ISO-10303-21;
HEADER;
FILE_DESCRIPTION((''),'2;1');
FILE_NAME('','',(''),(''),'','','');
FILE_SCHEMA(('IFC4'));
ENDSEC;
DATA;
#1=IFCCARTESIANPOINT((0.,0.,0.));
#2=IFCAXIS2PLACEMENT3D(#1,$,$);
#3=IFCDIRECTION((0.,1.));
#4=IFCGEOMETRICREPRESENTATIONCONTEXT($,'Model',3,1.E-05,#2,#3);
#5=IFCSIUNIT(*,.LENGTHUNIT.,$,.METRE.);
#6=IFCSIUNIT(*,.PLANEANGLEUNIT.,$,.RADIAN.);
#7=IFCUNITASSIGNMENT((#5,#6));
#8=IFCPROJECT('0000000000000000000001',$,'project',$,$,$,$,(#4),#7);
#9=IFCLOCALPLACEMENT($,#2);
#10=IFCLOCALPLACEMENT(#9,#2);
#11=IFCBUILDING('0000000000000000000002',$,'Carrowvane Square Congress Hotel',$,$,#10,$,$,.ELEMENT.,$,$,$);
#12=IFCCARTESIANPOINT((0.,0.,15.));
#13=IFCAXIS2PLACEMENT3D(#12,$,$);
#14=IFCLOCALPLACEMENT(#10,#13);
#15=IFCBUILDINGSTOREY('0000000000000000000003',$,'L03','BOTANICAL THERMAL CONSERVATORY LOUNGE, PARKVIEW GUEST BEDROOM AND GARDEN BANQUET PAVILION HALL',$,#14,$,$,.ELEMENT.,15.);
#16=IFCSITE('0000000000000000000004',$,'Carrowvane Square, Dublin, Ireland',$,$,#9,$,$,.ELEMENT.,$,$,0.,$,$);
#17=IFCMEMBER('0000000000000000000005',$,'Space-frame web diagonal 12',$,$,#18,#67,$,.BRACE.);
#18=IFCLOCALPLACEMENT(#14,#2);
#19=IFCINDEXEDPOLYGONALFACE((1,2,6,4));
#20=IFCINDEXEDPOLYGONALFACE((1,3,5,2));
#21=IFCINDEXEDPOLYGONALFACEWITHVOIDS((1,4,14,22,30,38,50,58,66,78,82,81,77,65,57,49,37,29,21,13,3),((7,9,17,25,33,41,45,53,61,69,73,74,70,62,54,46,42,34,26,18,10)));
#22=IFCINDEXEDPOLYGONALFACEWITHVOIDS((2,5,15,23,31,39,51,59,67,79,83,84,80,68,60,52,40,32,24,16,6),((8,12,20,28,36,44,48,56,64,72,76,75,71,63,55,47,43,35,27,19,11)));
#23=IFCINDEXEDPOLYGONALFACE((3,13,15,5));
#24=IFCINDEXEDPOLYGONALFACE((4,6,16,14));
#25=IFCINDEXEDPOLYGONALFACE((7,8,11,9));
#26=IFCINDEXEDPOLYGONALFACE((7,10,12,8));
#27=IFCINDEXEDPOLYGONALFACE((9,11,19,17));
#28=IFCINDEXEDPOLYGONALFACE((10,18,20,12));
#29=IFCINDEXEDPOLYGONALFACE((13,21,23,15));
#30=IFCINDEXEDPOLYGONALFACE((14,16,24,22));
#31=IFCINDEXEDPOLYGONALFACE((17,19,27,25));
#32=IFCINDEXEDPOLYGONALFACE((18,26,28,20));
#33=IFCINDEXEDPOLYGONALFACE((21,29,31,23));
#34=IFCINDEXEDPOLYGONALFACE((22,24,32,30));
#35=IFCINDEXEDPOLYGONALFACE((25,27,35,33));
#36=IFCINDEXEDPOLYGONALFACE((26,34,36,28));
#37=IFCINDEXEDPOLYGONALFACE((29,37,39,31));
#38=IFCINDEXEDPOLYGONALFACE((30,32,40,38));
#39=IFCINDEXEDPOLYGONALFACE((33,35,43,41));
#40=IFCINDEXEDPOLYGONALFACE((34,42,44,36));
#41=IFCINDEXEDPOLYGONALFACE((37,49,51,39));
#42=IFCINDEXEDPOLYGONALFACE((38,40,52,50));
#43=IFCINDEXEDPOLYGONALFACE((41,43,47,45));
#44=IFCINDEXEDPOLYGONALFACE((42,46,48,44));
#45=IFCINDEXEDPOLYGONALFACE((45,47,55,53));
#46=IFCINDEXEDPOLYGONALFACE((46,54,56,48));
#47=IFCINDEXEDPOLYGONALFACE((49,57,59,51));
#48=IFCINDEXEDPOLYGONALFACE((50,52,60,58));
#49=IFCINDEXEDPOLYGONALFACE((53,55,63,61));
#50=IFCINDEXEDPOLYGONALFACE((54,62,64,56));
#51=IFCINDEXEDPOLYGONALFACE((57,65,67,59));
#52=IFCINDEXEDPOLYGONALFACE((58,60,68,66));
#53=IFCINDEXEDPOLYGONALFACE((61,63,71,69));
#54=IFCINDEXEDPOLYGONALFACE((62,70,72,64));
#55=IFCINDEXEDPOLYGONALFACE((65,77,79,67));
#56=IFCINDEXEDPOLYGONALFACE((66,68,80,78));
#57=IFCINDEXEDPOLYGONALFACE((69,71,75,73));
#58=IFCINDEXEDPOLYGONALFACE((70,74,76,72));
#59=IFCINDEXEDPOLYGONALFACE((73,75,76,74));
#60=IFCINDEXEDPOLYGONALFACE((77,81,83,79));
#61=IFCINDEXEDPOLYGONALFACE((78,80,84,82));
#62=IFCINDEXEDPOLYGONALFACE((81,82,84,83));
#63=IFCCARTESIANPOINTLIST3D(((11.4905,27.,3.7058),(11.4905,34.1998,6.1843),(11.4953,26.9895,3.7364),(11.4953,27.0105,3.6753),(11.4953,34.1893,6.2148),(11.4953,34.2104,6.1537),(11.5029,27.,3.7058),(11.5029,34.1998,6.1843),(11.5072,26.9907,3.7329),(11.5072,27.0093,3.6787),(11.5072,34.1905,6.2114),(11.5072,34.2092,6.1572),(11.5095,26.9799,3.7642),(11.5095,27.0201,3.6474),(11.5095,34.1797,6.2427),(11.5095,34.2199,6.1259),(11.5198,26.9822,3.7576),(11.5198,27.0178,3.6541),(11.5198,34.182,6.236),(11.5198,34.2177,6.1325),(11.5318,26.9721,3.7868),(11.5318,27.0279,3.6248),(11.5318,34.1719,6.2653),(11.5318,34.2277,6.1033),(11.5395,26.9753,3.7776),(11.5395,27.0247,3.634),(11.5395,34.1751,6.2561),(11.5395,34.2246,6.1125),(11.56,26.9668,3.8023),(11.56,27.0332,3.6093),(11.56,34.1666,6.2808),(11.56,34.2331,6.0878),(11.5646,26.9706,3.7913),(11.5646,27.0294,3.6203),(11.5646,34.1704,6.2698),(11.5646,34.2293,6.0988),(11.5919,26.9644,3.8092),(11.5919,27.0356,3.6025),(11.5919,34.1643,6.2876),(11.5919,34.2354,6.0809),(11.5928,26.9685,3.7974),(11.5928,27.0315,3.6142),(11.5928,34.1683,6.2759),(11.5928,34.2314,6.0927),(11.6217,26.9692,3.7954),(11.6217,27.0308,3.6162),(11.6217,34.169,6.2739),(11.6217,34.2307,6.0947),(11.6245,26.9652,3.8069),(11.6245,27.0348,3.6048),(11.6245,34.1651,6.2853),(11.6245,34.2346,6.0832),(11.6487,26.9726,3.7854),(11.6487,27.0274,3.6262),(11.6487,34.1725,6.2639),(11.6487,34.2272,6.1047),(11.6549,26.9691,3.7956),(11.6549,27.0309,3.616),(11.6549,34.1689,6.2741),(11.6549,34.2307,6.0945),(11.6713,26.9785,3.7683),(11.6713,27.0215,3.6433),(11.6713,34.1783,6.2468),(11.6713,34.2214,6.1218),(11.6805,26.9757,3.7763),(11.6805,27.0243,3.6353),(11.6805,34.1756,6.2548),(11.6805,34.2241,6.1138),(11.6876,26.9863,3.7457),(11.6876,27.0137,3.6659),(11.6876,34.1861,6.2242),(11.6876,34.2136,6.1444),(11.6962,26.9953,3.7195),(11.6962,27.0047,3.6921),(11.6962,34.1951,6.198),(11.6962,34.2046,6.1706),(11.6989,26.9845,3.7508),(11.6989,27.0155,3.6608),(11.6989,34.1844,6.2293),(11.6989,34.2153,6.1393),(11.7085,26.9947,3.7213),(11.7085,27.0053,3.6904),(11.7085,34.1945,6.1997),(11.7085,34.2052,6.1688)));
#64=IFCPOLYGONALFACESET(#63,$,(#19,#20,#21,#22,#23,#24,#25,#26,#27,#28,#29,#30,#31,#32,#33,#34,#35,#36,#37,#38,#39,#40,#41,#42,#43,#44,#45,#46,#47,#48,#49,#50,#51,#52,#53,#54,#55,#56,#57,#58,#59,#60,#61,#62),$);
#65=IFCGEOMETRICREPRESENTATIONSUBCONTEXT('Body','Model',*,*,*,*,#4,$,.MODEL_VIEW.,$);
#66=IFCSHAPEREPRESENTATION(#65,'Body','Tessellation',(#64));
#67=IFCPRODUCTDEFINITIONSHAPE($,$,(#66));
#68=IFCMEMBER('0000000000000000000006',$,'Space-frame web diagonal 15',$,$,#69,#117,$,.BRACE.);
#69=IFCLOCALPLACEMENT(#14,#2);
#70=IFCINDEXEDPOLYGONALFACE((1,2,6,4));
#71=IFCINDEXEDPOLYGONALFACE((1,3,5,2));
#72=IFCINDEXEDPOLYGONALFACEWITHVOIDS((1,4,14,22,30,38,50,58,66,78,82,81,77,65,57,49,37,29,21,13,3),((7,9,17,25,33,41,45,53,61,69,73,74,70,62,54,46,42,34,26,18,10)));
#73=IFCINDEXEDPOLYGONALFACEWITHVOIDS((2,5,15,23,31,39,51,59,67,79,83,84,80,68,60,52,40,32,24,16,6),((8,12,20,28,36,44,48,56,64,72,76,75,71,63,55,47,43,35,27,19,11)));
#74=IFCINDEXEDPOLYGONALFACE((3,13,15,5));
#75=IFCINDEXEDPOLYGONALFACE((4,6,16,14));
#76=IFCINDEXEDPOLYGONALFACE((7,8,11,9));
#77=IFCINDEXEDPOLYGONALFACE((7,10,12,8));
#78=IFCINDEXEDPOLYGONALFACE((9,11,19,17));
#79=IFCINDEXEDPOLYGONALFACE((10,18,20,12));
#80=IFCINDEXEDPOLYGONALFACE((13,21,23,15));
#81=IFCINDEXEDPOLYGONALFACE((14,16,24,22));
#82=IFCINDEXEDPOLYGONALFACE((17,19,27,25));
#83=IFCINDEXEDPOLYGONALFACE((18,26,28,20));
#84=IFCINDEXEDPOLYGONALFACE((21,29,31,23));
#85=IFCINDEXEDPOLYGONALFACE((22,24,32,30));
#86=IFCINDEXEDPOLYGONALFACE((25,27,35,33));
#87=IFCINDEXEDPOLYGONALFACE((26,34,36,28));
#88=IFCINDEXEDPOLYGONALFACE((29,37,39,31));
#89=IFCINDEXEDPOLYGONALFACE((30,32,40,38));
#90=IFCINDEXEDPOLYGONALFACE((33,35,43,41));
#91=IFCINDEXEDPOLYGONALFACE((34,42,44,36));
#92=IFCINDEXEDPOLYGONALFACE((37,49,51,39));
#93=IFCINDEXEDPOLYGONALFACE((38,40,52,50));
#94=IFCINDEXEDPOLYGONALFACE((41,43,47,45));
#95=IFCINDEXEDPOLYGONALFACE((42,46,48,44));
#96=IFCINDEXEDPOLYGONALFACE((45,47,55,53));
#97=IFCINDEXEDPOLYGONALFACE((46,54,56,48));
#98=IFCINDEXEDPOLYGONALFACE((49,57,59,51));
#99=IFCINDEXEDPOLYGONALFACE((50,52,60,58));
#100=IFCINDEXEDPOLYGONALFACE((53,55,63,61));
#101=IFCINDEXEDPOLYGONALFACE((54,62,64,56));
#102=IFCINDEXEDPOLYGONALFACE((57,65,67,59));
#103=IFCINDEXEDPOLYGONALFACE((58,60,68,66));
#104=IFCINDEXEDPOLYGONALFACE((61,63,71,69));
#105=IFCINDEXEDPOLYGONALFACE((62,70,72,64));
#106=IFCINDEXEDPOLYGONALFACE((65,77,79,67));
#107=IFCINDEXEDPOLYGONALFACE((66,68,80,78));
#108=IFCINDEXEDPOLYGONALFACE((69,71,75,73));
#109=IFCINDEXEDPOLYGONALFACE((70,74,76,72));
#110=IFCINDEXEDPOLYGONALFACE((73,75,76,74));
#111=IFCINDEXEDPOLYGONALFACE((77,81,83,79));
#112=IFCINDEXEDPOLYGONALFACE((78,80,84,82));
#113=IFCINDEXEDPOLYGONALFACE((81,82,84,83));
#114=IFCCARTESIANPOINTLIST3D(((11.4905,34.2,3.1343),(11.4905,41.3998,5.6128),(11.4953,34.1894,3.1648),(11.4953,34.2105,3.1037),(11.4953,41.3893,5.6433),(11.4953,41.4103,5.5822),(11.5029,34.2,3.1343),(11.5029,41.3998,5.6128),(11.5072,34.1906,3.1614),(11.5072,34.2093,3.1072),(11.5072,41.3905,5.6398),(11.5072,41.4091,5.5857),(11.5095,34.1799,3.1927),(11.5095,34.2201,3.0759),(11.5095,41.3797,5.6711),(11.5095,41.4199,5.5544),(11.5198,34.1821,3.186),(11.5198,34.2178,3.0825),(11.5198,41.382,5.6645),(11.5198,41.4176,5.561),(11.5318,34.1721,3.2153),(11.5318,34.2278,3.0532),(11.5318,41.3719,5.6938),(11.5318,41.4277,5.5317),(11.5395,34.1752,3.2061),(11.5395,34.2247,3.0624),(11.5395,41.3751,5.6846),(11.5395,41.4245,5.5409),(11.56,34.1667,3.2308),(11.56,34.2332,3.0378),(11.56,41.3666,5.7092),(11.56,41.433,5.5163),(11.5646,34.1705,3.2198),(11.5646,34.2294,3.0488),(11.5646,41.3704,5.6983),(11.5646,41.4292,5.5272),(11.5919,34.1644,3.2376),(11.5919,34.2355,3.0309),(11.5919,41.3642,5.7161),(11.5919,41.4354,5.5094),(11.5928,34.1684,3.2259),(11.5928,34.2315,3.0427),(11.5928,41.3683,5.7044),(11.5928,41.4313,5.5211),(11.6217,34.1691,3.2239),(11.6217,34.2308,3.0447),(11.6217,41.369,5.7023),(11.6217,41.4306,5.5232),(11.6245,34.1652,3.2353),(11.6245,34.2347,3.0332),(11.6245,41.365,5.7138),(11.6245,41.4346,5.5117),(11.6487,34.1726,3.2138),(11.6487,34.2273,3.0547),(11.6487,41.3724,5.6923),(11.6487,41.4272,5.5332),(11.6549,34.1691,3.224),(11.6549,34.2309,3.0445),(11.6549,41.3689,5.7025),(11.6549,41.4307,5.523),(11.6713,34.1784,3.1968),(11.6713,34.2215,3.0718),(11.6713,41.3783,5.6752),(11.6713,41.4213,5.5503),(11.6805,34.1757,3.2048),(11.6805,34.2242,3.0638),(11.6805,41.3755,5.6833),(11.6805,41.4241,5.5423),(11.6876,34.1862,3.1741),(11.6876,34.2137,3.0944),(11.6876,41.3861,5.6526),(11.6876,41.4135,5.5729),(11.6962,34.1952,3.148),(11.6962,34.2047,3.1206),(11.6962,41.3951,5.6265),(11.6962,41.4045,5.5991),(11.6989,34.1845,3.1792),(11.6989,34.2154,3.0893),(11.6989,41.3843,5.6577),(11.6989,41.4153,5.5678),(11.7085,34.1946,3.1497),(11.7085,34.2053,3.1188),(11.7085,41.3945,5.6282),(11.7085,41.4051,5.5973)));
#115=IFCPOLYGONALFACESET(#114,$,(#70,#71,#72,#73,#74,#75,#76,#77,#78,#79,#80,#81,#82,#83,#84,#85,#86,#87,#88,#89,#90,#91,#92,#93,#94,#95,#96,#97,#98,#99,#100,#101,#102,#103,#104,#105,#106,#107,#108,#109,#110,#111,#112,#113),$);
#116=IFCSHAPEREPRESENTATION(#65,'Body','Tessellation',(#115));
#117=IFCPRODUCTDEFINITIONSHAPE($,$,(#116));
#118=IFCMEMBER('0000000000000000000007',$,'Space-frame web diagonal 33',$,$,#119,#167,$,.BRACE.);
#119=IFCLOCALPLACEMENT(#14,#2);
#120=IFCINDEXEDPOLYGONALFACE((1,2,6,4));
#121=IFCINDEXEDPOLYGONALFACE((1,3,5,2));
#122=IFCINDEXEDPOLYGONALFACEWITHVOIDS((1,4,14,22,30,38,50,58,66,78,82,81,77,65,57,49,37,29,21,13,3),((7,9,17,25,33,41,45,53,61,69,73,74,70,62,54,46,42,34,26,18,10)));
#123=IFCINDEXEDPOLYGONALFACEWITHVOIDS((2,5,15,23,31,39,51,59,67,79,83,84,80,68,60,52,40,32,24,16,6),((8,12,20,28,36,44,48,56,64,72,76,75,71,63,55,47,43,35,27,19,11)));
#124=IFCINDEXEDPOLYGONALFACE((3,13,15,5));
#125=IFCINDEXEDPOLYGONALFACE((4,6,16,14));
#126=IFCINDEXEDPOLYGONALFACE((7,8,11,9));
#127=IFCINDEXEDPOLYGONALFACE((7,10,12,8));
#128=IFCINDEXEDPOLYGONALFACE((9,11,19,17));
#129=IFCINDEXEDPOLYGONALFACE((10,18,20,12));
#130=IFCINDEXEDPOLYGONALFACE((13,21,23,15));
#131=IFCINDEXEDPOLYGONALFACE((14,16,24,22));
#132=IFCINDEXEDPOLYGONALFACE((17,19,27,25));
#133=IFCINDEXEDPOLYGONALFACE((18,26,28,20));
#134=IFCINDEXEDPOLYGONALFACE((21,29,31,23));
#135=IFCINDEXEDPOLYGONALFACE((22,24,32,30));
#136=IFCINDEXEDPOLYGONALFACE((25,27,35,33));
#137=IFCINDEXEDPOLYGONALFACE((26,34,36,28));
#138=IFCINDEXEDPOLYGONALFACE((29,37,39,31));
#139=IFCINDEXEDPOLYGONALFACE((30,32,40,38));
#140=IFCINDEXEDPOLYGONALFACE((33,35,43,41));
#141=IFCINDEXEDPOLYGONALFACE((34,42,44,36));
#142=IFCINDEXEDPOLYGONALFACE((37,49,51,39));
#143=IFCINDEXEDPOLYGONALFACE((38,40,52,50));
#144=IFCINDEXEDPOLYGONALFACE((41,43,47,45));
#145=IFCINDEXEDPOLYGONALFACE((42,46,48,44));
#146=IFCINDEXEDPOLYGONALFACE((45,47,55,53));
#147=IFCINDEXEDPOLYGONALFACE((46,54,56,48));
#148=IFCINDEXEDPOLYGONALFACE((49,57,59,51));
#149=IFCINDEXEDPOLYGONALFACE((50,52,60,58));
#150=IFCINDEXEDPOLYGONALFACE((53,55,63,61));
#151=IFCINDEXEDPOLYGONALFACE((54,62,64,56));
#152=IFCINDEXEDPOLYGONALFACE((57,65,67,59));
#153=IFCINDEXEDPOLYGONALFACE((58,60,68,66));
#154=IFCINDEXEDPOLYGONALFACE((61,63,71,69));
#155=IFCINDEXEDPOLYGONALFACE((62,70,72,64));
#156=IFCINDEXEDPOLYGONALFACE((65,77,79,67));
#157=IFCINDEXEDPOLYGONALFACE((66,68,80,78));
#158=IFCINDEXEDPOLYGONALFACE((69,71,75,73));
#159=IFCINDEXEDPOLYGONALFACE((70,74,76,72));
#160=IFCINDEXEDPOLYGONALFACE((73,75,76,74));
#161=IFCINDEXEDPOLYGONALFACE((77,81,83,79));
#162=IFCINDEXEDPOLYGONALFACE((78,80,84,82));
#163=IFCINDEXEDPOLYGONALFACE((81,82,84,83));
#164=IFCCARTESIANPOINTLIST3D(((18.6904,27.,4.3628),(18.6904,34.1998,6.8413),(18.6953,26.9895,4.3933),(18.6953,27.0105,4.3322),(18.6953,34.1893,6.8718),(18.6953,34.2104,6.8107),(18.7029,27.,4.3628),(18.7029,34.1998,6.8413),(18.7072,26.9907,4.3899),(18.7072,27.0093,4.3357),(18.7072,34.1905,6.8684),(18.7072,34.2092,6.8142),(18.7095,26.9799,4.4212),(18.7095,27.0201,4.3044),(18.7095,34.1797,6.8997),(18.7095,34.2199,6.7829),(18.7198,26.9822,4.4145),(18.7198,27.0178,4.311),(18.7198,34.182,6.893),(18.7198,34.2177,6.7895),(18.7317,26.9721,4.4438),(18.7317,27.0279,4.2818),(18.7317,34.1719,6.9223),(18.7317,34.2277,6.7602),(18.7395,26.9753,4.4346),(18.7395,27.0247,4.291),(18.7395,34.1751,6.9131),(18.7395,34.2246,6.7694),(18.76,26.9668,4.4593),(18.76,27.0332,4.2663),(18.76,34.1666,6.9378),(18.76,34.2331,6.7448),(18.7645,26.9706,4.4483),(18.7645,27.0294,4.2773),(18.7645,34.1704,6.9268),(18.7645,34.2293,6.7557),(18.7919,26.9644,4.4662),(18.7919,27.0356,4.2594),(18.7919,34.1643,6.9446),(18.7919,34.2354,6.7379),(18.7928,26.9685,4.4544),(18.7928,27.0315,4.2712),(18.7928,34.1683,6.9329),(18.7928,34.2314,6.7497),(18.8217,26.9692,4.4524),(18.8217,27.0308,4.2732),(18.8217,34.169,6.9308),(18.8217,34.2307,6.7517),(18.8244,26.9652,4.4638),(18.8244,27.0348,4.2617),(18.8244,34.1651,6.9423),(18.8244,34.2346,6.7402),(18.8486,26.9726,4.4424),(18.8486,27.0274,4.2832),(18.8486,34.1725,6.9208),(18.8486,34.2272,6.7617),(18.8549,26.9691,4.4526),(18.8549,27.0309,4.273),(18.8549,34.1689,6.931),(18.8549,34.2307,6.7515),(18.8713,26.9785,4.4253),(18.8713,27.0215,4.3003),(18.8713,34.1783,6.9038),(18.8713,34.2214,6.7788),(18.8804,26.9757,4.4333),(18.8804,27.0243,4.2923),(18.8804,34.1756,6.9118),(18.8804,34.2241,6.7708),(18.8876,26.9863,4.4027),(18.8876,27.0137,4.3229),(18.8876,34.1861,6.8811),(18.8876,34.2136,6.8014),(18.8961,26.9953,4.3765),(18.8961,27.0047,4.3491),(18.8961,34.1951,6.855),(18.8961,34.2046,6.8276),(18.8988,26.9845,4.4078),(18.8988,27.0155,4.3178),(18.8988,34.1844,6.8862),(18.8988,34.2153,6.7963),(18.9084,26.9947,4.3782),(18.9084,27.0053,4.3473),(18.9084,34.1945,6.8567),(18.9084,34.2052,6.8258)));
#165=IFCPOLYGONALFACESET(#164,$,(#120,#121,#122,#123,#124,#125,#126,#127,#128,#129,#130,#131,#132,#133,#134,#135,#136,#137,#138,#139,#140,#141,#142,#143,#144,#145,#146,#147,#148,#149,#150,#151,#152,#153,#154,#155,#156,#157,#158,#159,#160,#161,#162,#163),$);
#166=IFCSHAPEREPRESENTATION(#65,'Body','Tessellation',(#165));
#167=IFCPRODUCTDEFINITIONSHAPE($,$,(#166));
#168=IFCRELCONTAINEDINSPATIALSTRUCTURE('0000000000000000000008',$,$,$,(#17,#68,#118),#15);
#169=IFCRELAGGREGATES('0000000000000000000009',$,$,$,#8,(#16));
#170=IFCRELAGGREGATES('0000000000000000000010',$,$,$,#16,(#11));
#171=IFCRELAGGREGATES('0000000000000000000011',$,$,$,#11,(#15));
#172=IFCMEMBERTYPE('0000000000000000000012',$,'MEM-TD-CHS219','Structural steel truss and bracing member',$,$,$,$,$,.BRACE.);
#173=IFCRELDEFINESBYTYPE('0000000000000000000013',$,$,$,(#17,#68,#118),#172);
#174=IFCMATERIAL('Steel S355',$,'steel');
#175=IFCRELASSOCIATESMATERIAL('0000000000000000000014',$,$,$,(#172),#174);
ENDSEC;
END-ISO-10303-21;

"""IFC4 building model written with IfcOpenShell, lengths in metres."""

from ifc_helpers import new_model, si_unit, direction, frame, origin, origin_2d, place, context, subcontext, project, spatial, hollow_circle, extrude, material, material_profile, profile_set, type_object, element, save


model = new_model("IFC4")

# Units and contexts
model_context = context("Model", 3, precision=1e-05, world=origin(), true_north=direction((0.0, 1.0)))
body_context = subcontext(model_context, "Body", "Model", "MODEL_VIEW")
ifc_project = project(units=[si_unit("LENGTHUNIT", "METRE"), si_unit("PLANEANGLEUNIT", "RADIAN")], contexts=[model_context])

# Site, building, storey
site_placement = place(None, origin())
site = spatial("IfcSite", under=ifc_project, at=site_placement, Name="Carrowvane Square, Dublin, Ireland", CompositionType="ELEMENT", RefElevation=0.0)
building_placement = place(site_placement, origin())
building = spatial("IfcBuilding", under=site, at=building_placement, Name="Carrowvane Square Congress Hotel", CompositionType="ELEMENT")
storey_placement = place(building_placement, frame((0.0, 0.0, 15.0)))
storey = spatial("IfcBuildingStorey", under=building, at=storey_placement, Name="L03", Description="BOTANICAL THERMAL CONSERVATORY LOUNGE, PARKVIEW GUEST BEDROOM AND GARDEN BANQUET PAVILION HALL", CompositionType="ELEMENT", Elevation=15.0)

# Members
ifc_material_1 = material(Name="Steel S355", Category="steel")
ifc_material_profile_1 = material_profile(ifc_material_1, hollow_circle(Radius=0.1096, WallThickness=0.0125, at=origin_2d()), Name="CHS 219.1x12.5")
ifc_profile_set_1 = profile_set([ifc_material_profile_1], Name="Steel S355")
member_type_1 = type_object("IfcMemberType", Name="MEM-TD-CHS219", Description="Structural steel truss and bracing member", PredefinedType="BRACE", material=ifc_profile_set_1)
for number, where, z_axis, x_axis, name in (
    (1, (11.6001, 27.0, 3.7058), (0.0, 0.945544, 0.325495), (-1.0, 0.0, 0.0), "Space-frame web diagonal 12"),
    (2, (11.6001, 34.2, 3.1343), (0.0, 0.945544, 0.325495), (-1.0, 0.0, 0.0), "Space-frame web diagonal 15"),
    (3, (18.8, 27.0, 4.3628), (0.0, 0.945544, 0.325495), (-1.0, 0.0, 0.0), "Space-frame web diagonal 33"),
):
    element("IfcMember", number, at=place(storey_placement, frame(where, z_axis=z_axis, x_axis=x_axis)), inside=storey, type_object=member_type_1, Name=name, PredefinedType="BRACE", context=body_context, shape_type="SweptSolid", body=[
        extrude(hollow_circle(Radius=0.1096, WallThickness=0.0125, at=origin_2d()), origin(), (0.0, 0.0, 1.0), 7.6145),
    ])

save(model, "model.ifc")
